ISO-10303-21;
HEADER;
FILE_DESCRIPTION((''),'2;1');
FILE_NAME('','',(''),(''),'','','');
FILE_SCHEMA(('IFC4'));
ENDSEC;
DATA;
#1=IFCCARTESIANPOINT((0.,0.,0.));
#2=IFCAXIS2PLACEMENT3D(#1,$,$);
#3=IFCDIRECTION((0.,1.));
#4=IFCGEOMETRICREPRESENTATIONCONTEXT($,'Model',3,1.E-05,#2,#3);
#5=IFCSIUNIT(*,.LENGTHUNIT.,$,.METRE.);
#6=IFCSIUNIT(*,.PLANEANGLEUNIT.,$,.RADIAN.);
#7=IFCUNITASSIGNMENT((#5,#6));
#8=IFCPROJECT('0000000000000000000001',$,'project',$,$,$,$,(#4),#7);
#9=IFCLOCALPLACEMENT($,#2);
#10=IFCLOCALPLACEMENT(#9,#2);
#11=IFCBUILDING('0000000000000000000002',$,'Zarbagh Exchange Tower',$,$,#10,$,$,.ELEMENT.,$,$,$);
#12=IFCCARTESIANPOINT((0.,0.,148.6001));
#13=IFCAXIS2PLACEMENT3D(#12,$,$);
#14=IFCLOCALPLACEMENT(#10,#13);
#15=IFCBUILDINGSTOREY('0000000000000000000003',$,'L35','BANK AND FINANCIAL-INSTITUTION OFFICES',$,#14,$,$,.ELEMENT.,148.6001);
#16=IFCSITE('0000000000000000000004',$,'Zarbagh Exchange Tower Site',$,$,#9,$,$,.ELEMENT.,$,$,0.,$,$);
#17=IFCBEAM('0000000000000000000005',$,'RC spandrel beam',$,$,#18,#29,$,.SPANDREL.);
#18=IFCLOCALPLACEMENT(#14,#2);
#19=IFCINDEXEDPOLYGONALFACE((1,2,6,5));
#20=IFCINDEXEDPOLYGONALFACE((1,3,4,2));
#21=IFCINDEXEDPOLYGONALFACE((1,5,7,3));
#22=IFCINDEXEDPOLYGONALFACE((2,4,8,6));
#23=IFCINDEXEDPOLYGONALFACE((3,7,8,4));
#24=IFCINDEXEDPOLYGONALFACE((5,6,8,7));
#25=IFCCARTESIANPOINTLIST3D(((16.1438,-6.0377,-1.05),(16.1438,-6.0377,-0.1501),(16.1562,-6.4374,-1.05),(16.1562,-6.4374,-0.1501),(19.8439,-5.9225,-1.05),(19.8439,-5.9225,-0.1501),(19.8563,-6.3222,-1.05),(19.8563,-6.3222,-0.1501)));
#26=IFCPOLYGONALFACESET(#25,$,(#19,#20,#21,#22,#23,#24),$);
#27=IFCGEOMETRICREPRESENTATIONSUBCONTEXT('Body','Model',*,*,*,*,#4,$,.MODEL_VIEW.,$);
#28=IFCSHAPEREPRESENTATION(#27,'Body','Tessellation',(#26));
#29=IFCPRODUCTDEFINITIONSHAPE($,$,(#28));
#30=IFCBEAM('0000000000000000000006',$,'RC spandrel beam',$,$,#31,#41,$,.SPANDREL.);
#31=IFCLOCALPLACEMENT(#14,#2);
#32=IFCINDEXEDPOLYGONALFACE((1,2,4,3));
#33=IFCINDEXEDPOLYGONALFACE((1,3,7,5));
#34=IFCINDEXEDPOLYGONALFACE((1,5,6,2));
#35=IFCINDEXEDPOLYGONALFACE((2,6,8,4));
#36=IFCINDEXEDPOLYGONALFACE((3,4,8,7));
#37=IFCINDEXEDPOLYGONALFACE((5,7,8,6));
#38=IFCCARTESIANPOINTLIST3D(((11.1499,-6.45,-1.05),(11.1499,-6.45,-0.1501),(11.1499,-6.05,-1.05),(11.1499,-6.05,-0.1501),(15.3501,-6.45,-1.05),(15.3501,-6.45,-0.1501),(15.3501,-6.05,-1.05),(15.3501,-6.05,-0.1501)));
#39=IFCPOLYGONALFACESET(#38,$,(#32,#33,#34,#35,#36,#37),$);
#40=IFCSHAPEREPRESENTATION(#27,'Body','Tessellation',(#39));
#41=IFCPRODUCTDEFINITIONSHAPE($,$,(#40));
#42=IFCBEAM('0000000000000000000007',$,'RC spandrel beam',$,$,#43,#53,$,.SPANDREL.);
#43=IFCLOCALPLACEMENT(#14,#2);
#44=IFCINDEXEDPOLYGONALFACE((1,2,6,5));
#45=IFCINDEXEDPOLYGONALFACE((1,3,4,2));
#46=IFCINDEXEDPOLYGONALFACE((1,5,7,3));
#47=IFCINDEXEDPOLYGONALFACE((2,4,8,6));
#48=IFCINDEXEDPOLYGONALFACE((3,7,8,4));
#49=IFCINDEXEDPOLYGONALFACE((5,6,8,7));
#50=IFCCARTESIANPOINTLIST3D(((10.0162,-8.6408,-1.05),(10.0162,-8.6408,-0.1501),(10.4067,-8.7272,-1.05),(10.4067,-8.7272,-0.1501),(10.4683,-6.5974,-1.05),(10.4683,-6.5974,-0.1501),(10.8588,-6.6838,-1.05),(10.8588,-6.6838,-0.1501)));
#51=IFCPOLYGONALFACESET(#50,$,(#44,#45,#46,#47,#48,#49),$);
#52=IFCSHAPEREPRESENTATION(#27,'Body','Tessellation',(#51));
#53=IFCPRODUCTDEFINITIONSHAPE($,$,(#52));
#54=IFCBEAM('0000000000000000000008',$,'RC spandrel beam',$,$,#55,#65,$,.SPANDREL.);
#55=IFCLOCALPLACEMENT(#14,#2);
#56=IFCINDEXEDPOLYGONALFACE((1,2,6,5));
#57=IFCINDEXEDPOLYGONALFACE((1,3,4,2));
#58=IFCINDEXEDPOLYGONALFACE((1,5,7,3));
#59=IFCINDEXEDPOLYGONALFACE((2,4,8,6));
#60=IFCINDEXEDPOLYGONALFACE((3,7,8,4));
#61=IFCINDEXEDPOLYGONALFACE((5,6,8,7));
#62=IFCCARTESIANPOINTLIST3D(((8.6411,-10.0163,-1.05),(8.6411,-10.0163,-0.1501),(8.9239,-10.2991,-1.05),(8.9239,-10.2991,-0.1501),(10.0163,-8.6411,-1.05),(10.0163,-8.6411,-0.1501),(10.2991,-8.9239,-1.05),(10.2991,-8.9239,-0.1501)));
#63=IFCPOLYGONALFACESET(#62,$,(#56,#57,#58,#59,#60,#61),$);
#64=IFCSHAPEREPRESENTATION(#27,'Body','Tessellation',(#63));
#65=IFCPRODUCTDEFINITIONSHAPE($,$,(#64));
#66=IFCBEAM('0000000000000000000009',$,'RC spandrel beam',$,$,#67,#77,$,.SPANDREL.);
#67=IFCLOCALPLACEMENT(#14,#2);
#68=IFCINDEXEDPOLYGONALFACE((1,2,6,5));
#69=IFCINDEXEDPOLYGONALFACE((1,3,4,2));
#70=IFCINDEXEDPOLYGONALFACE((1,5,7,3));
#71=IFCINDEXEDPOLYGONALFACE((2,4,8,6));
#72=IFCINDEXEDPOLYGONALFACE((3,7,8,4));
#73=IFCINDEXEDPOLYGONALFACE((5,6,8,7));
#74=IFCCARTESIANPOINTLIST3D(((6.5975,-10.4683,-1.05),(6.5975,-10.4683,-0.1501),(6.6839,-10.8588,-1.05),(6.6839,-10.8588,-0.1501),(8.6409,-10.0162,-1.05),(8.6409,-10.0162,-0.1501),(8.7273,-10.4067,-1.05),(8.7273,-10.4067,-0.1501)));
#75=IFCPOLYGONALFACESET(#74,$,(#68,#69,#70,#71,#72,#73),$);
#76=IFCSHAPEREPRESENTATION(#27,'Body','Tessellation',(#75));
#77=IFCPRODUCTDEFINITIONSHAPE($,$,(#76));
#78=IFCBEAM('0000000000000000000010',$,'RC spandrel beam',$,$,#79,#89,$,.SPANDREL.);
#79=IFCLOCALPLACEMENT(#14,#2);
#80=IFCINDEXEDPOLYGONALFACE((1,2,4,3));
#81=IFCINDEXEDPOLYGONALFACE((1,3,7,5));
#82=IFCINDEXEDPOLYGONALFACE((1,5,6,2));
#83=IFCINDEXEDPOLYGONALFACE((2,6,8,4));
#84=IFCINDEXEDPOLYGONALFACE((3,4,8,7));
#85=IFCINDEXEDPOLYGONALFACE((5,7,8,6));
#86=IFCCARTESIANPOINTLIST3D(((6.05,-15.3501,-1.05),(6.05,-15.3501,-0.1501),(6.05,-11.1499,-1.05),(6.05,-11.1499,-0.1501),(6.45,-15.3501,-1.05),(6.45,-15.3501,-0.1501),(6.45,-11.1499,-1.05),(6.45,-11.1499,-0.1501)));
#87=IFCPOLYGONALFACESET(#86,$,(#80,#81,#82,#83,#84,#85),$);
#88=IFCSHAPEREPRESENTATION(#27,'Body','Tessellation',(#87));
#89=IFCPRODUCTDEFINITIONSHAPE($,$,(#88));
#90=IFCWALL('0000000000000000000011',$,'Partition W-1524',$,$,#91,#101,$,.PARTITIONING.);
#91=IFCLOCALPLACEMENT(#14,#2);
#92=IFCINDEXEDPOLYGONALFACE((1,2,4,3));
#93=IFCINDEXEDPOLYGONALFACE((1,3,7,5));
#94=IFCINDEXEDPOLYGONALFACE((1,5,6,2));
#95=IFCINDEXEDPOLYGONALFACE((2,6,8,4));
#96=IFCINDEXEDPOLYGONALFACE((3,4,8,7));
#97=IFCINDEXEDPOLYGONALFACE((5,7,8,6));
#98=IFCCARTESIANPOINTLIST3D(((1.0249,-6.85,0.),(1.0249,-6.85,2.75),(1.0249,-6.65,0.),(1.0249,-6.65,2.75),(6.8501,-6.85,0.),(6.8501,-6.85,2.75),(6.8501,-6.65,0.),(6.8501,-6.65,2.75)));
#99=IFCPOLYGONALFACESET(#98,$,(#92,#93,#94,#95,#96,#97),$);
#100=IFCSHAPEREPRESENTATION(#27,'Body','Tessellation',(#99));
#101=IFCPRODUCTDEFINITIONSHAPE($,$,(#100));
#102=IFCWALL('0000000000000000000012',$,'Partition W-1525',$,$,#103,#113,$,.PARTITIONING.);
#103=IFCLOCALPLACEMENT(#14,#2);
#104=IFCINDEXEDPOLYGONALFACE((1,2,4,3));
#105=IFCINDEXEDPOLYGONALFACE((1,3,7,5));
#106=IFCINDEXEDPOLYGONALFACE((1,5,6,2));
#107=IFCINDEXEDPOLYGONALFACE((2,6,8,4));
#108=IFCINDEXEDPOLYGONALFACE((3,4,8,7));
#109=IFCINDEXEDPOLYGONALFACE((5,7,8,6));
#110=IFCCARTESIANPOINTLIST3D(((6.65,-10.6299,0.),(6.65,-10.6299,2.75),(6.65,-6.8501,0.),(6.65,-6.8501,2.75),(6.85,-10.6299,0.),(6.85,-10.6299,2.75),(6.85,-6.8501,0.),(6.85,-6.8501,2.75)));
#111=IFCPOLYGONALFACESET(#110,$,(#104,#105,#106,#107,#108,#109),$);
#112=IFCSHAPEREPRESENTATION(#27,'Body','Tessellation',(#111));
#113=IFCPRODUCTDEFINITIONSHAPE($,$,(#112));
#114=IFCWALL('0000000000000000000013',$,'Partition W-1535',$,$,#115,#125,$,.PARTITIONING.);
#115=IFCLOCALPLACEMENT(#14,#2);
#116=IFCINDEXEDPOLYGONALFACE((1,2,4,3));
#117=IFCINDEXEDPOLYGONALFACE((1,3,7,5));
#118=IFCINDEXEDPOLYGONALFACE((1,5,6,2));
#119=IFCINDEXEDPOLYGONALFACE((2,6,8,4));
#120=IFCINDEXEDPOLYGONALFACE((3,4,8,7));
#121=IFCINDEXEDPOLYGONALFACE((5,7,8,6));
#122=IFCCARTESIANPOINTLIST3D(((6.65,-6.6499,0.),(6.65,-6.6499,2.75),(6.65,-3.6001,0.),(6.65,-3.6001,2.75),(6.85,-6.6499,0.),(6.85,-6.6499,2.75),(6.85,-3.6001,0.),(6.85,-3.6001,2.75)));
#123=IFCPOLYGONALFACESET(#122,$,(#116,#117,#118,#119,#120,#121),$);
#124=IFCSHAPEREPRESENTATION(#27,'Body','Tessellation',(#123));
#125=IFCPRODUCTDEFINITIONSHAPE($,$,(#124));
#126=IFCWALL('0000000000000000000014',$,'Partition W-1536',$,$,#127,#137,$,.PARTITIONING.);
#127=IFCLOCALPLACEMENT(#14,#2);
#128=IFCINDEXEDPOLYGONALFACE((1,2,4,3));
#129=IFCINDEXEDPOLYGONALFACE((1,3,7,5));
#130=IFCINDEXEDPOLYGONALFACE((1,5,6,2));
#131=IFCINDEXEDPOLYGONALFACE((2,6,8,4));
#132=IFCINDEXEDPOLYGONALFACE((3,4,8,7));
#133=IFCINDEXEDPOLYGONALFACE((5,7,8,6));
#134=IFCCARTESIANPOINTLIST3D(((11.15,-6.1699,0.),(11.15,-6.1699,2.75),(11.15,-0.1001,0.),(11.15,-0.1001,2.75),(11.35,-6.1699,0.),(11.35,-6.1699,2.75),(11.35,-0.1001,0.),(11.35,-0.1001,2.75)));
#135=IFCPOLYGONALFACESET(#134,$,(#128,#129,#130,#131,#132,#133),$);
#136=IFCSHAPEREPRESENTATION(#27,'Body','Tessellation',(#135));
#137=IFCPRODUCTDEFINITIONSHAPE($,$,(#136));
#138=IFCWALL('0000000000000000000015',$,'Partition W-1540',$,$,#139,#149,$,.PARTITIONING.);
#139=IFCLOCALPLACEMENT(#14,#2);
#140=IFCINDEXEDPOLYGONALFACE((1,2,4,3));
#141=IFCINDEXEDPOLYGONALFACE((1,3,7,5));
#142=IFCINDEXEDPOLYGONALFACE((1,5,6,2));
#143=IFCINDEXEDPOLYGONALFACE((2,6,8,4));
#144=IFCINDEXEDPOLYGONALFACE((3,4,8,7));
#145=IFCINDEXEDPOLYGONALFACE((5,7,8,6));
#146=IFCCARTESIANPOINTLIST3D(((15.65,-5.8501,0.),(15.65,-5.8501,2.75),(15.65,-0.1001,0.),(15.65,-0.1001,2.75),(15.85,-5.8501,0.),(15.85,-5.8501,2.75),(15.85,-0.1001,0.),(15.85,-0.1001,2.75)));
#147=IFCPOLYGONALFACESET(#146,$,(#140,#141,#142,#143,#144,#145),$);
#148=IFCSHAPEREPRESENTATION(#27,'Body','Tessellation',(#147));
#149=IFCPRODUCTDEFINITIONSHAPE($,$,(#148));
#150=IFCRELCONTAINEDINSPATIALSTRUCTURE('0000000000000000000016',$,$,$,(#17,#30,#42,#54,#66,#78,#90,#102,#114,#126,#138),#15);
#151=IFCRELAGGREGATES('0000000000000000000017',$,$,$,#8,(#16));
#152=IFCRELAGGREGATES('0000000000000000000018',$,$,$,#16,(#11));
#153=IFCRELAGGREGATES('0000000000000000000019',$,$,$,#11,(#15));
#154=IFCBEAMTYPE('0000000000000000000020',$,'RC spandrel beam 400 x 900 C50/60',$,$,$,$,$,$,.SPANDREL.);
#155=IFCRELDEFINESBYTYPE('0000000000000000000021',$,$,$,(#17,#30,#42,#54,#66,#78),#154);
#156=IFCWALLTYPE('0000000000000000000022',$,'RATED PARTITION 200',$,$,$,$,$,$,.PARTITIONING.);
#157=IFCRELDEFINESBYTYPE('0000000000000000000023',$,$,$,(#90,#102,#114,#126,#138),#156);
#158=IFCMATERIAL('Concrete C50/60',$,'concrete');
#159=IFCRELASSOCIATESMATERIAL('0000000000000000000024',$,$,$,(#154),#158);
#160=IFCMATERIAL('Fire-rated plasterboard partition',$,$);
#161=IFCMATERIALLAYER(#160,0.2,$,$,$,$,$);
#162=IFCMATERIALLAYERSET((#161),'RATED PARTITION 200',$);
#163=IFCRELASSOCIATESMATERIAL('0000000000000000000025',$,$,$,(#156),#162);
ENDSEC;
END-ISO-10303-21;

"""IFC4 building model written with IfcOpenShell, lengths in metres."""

from ifc_helpers import new_model, si_unit, direction, frame, frame_2d, origin, origin_2d, place, context, subcontext, project, spatial, rectangle, extrude, material, layer, layer_set, material_profile, profile_set, type_object, element, save


model = new_model("IFC4")

# Units and contexts
model_context = context("Model", 3, precision=1e-05, world=origin(), true_north=direction((0.0, 1.0)))
body_context = subcontext(model_context, "Body", "Model", "MODEL_VIEW")
ifc_project = project(units=[si_unit("LENGTHUNIT", "METRE"), si_unit("PLANEANGLEUNIT", "RADIAN")], contexts=[model_context])

# Site, building, storey
site_placement = place(None, origin())
site = spatial("IfcSite", under=ifc_project, at=site_placement, Name="Zarbagh Exchange Tower Site", CompositionType="ELEMENT", RefElevation=0.0)
building_placement = place(site_placement, origin())
building = spatial("IfcBuilding", under=site, at=building_placement, Name="Zarbagh Exchange Tower", CompositionType="ELEMENT")
storey_placement = place(building_placement, frame((0.0, 0.0, 148.6001)))
storey = spatial("IfcBuildingStorey", under=building, at=storey_placement, Name="L35", Description="BANK AND FINANCIAL-INSTITUTION OFFICES", CompositionType="ELEMENT", Elevation=148.6001)

# Shared definitions
ifc_material_1 = material(Name="Concrete C50/60", Category="concrete")

# Beams
ifc_material_profile_1 = material_profile(ifc_material_1, rectangle(XDim=0.3999, YDim=0.8999, at=origin_2d()), Name="RC spandrel beam 400 x 900 C50/60")
ifc_profile_set_1 = profile_set([ifc_material_profile_1], Name="Concrete C50/60")
beam_type_1 = type_object("IfcBeamType", Name="RC spandrel beam 400 x 900 C50/60", PredefinedType="SPANDREL", material=ifc_profile_set_1)
beam_1_placement = place(storey_placement, frame((19.8501, -6.1223, -0.6001), z_axis=(-0.999515, -0.031128, 0.0), x_axis=(0.031128, -0.999515, 0.0)))
element("IfcBeam", 1, at=beam_1_placement, inside=storey, type_object=beam_type_1, Name="RC spandrel beam", PredefinedType="SPANDREL", context=body_context, shape_type="SweptSolid", body=[
    extrude(rectangle(XDim=0.3999, YDim=0.8999, at=origin_2d()), origin(), (0.0, 0.0, 1.0), 3.7019),
])
beam_2_placement = place(storey_placement, frame((15.3501, -6.25, -0.6001), z_axis=(-1.0, 0.0, 0.0), x_axis=(0.0, -1.0, 0.0)))
element("IfcBeam", 2, at=beam_2_placement, inside=storey, type_object=beam_type_1, Name="RC spandrel beam", PredefinedType="SPANDREL", context=body_context, shape_type="SweptSolid", body=[
    extrude(rectangle(XDim=0.3999, YDim=0.8999, at=origin_2d()), origin(), (0.0, 0.0, 1.0), 4.2002),
])
beam_3_placement = place(storey_placement, frame((10.6636, -6.6406, -0.6001), z_axis=(-0.216041, -0.976384, 0.0), x_axis=(0.976384, -0.216041, 0.0)))
element("IfcBeam", 3, at=beam_3_placement, inside=storey, type_object=beam_type_1, Name="RC spandrel beam", PredefinedType="SPANDREL", context=body_context, shape_type="SweptSolid", body=[
    extrude(rectangle(XDim=0.3999, YDim=0.8999, at=origin_2d()), origin(), (0.0, 0.0, 1.0), 2.0928),
])
beam_4_placement = place(storey_placement, frame((10.1577, -8.7825, -0.6001), z_axis=(-0.707107, -0.707107, 0.0), x_axis=(0.707107, -0.707107, 0.0)))
element("IfcBeam", 4, at=beam_4_placement, inside=storey, type_object=beam_type_1, Name="RC spandrel beam", PredefinedType="SPANDREL", context=body_context, shape_type="SweptSolid", body=[
    extrude(rectangle(XDim=0.3999, YDim=0.8999, at=origin_2d()), origin(), (0.0, 0.0, 1.0), 1.9448),
])
beam_5_placement = place(storey_placement, frame((8.6841, -10.2114, -0.6001), z_axis=(-0.976384, -0.216041, 0.0), x_axis=(0.216041, -0.976384, 0.0)))
element("IfcBeam", 5, at=beam_5_placement, inside=storey, type_object=beam_type_1, Name="RC spandrel beam", PredefinedType="SPANDREL", context=body_context, shape_type="SweptSolid", body=[
    extrude(rectangle(XDim=0.3999, YDim=0.8999, at=origin_2d()), origin(), (0.0, 0.0, 1.0), 2.0928),
])
beam_6_placement = place(storey_placement, frame((6.25, -11.1499, -0.6001), z_axis=(0.0, -1.0, 0.0), x_axis=(1.0, 0.0, 0.0)))
element("IfcBeam", 6, at=beam_6_placement, inside=storey, type_object=beam_type_1, Name="RC spandrel beam", PredefinedType="SPANDREL", context=body_context, shape_type="SweptSolid", body=[
    extrude(rectangle(XDim=0.3999, YDim=0.8999, at=origin_2d()), origin(), (0.0, 0.0, 1.0), 4.2002),
])

# Walls
ifc_material_2 = material(Name="Fire-rated plasterboard partition")
ifc_layer = layer(ifc_material_2, 0.2)
ifc_layer_set = layer_set([ifc_layer], Name="RATED PARTITION 200")
wall_type = type_object("IfcWallType", Name="RATED PARTITION 200", PredefinedType="PARTITIONING", material=ifc_layer_set)
wall_1_placement = place(storey_placement, frame((1.0249, -6.75, 0.0), z_axis=(0.0, 0.0, 1.0), x_axis=(1.0, 0.0, 0.0)))
element("IfcWall", 7, at=wall_1_placement, inside=storey, type_object=wall_type, Name="Partition W-1524", PredefinedType="PARTITIONING", context=body_context, shape_type="SweptSolid", body=[
    extrude(rectangle(XDim=5.8252, YDim=0.2, at=frame_2d((2.9126, 0.0))), origin(), (0.0, 0.0, 1.0), 2.75),
])
wall_2_placement = place(storey_placement, frame((6.75, -10.6299, 0.0), z_axis=(0.0, 0.0, 1.0), x_axis=(0.0, 1.0, 0.0)))
element("IfcWall", 8, at=wall_2_placement, inside=storey, type_object=wall_type, Name="Partition W-1525", PredefinedType="PARTITIONING", context=body_context, shape_type="SweptSolid", body=[
    extrude(rectangle(XDim=3.7798, YDim=0.2, at=frame_2d((1.8899, 0.0))), origin(), (0.0, 0.0, 1.0), 2.75),
])
wall_3_placement = place(storey_placement, frame((6.75, -6.6499, 0.0), z_axis=(0.0, 0.0, 1.0), x_axis=(0.0, 1.0, 0.0)))
element("IfcWall", 9, at=wall_3_placement, inside=storey, type_object=wall_type, Name="Partition W-1535", PredefinedType="PARTITIONING", context=body_context, shape_type="SweptSolid", body=[
    extrude(rectangle(XDim=3.0498, YDim=0.2, at=frame_2d((1.5249, 0.0))), origin(), (0.0, 0.0, 1.0), 2.75),
])
wall_4_placement = place(storey_placement, frame((11.25, -6.1699, 0.0), z_axis=(0.0, 0.0, 1.0), x_axis=(0.0, 1.0, 0.0)))
element("IfcWall", 10, at=wall_4_placement, inside=storey, type_object=wall_type, Name="Partition W-1536", PredefinedType="PARTITIONING", context=body_context, shape_type="SweptSolid", body=[
    extrude(rectangle(XDim=6.0698, YDim=0.2, at=frame_2d((3.0349, 0.0))), origin(), (0.0, 0.0, 1.0), 2.75),
])
wall_5_placement = place(storey_placement, frame((15.75, -5.8501, 0.0), z_axis=(0.0, 0.0, 1.0), x_axis=(0.0, 1.0, 0.0)))
element("IfcWall", 11, at=wall_5_placement, inside=storey, type_object=wall_type, Name="Partition W-1540", PredefinedType="PARTITIONING", context=body_context, shape_type="SweptSolid", body=[
    extrude(rectangle(XDim=5.75, YDim=0.2, at=frame_2d((2.875, 0.0))), origin(), (0.0, 0.0, 1.0), 2.75),
])

save(model, "model.ifc")
